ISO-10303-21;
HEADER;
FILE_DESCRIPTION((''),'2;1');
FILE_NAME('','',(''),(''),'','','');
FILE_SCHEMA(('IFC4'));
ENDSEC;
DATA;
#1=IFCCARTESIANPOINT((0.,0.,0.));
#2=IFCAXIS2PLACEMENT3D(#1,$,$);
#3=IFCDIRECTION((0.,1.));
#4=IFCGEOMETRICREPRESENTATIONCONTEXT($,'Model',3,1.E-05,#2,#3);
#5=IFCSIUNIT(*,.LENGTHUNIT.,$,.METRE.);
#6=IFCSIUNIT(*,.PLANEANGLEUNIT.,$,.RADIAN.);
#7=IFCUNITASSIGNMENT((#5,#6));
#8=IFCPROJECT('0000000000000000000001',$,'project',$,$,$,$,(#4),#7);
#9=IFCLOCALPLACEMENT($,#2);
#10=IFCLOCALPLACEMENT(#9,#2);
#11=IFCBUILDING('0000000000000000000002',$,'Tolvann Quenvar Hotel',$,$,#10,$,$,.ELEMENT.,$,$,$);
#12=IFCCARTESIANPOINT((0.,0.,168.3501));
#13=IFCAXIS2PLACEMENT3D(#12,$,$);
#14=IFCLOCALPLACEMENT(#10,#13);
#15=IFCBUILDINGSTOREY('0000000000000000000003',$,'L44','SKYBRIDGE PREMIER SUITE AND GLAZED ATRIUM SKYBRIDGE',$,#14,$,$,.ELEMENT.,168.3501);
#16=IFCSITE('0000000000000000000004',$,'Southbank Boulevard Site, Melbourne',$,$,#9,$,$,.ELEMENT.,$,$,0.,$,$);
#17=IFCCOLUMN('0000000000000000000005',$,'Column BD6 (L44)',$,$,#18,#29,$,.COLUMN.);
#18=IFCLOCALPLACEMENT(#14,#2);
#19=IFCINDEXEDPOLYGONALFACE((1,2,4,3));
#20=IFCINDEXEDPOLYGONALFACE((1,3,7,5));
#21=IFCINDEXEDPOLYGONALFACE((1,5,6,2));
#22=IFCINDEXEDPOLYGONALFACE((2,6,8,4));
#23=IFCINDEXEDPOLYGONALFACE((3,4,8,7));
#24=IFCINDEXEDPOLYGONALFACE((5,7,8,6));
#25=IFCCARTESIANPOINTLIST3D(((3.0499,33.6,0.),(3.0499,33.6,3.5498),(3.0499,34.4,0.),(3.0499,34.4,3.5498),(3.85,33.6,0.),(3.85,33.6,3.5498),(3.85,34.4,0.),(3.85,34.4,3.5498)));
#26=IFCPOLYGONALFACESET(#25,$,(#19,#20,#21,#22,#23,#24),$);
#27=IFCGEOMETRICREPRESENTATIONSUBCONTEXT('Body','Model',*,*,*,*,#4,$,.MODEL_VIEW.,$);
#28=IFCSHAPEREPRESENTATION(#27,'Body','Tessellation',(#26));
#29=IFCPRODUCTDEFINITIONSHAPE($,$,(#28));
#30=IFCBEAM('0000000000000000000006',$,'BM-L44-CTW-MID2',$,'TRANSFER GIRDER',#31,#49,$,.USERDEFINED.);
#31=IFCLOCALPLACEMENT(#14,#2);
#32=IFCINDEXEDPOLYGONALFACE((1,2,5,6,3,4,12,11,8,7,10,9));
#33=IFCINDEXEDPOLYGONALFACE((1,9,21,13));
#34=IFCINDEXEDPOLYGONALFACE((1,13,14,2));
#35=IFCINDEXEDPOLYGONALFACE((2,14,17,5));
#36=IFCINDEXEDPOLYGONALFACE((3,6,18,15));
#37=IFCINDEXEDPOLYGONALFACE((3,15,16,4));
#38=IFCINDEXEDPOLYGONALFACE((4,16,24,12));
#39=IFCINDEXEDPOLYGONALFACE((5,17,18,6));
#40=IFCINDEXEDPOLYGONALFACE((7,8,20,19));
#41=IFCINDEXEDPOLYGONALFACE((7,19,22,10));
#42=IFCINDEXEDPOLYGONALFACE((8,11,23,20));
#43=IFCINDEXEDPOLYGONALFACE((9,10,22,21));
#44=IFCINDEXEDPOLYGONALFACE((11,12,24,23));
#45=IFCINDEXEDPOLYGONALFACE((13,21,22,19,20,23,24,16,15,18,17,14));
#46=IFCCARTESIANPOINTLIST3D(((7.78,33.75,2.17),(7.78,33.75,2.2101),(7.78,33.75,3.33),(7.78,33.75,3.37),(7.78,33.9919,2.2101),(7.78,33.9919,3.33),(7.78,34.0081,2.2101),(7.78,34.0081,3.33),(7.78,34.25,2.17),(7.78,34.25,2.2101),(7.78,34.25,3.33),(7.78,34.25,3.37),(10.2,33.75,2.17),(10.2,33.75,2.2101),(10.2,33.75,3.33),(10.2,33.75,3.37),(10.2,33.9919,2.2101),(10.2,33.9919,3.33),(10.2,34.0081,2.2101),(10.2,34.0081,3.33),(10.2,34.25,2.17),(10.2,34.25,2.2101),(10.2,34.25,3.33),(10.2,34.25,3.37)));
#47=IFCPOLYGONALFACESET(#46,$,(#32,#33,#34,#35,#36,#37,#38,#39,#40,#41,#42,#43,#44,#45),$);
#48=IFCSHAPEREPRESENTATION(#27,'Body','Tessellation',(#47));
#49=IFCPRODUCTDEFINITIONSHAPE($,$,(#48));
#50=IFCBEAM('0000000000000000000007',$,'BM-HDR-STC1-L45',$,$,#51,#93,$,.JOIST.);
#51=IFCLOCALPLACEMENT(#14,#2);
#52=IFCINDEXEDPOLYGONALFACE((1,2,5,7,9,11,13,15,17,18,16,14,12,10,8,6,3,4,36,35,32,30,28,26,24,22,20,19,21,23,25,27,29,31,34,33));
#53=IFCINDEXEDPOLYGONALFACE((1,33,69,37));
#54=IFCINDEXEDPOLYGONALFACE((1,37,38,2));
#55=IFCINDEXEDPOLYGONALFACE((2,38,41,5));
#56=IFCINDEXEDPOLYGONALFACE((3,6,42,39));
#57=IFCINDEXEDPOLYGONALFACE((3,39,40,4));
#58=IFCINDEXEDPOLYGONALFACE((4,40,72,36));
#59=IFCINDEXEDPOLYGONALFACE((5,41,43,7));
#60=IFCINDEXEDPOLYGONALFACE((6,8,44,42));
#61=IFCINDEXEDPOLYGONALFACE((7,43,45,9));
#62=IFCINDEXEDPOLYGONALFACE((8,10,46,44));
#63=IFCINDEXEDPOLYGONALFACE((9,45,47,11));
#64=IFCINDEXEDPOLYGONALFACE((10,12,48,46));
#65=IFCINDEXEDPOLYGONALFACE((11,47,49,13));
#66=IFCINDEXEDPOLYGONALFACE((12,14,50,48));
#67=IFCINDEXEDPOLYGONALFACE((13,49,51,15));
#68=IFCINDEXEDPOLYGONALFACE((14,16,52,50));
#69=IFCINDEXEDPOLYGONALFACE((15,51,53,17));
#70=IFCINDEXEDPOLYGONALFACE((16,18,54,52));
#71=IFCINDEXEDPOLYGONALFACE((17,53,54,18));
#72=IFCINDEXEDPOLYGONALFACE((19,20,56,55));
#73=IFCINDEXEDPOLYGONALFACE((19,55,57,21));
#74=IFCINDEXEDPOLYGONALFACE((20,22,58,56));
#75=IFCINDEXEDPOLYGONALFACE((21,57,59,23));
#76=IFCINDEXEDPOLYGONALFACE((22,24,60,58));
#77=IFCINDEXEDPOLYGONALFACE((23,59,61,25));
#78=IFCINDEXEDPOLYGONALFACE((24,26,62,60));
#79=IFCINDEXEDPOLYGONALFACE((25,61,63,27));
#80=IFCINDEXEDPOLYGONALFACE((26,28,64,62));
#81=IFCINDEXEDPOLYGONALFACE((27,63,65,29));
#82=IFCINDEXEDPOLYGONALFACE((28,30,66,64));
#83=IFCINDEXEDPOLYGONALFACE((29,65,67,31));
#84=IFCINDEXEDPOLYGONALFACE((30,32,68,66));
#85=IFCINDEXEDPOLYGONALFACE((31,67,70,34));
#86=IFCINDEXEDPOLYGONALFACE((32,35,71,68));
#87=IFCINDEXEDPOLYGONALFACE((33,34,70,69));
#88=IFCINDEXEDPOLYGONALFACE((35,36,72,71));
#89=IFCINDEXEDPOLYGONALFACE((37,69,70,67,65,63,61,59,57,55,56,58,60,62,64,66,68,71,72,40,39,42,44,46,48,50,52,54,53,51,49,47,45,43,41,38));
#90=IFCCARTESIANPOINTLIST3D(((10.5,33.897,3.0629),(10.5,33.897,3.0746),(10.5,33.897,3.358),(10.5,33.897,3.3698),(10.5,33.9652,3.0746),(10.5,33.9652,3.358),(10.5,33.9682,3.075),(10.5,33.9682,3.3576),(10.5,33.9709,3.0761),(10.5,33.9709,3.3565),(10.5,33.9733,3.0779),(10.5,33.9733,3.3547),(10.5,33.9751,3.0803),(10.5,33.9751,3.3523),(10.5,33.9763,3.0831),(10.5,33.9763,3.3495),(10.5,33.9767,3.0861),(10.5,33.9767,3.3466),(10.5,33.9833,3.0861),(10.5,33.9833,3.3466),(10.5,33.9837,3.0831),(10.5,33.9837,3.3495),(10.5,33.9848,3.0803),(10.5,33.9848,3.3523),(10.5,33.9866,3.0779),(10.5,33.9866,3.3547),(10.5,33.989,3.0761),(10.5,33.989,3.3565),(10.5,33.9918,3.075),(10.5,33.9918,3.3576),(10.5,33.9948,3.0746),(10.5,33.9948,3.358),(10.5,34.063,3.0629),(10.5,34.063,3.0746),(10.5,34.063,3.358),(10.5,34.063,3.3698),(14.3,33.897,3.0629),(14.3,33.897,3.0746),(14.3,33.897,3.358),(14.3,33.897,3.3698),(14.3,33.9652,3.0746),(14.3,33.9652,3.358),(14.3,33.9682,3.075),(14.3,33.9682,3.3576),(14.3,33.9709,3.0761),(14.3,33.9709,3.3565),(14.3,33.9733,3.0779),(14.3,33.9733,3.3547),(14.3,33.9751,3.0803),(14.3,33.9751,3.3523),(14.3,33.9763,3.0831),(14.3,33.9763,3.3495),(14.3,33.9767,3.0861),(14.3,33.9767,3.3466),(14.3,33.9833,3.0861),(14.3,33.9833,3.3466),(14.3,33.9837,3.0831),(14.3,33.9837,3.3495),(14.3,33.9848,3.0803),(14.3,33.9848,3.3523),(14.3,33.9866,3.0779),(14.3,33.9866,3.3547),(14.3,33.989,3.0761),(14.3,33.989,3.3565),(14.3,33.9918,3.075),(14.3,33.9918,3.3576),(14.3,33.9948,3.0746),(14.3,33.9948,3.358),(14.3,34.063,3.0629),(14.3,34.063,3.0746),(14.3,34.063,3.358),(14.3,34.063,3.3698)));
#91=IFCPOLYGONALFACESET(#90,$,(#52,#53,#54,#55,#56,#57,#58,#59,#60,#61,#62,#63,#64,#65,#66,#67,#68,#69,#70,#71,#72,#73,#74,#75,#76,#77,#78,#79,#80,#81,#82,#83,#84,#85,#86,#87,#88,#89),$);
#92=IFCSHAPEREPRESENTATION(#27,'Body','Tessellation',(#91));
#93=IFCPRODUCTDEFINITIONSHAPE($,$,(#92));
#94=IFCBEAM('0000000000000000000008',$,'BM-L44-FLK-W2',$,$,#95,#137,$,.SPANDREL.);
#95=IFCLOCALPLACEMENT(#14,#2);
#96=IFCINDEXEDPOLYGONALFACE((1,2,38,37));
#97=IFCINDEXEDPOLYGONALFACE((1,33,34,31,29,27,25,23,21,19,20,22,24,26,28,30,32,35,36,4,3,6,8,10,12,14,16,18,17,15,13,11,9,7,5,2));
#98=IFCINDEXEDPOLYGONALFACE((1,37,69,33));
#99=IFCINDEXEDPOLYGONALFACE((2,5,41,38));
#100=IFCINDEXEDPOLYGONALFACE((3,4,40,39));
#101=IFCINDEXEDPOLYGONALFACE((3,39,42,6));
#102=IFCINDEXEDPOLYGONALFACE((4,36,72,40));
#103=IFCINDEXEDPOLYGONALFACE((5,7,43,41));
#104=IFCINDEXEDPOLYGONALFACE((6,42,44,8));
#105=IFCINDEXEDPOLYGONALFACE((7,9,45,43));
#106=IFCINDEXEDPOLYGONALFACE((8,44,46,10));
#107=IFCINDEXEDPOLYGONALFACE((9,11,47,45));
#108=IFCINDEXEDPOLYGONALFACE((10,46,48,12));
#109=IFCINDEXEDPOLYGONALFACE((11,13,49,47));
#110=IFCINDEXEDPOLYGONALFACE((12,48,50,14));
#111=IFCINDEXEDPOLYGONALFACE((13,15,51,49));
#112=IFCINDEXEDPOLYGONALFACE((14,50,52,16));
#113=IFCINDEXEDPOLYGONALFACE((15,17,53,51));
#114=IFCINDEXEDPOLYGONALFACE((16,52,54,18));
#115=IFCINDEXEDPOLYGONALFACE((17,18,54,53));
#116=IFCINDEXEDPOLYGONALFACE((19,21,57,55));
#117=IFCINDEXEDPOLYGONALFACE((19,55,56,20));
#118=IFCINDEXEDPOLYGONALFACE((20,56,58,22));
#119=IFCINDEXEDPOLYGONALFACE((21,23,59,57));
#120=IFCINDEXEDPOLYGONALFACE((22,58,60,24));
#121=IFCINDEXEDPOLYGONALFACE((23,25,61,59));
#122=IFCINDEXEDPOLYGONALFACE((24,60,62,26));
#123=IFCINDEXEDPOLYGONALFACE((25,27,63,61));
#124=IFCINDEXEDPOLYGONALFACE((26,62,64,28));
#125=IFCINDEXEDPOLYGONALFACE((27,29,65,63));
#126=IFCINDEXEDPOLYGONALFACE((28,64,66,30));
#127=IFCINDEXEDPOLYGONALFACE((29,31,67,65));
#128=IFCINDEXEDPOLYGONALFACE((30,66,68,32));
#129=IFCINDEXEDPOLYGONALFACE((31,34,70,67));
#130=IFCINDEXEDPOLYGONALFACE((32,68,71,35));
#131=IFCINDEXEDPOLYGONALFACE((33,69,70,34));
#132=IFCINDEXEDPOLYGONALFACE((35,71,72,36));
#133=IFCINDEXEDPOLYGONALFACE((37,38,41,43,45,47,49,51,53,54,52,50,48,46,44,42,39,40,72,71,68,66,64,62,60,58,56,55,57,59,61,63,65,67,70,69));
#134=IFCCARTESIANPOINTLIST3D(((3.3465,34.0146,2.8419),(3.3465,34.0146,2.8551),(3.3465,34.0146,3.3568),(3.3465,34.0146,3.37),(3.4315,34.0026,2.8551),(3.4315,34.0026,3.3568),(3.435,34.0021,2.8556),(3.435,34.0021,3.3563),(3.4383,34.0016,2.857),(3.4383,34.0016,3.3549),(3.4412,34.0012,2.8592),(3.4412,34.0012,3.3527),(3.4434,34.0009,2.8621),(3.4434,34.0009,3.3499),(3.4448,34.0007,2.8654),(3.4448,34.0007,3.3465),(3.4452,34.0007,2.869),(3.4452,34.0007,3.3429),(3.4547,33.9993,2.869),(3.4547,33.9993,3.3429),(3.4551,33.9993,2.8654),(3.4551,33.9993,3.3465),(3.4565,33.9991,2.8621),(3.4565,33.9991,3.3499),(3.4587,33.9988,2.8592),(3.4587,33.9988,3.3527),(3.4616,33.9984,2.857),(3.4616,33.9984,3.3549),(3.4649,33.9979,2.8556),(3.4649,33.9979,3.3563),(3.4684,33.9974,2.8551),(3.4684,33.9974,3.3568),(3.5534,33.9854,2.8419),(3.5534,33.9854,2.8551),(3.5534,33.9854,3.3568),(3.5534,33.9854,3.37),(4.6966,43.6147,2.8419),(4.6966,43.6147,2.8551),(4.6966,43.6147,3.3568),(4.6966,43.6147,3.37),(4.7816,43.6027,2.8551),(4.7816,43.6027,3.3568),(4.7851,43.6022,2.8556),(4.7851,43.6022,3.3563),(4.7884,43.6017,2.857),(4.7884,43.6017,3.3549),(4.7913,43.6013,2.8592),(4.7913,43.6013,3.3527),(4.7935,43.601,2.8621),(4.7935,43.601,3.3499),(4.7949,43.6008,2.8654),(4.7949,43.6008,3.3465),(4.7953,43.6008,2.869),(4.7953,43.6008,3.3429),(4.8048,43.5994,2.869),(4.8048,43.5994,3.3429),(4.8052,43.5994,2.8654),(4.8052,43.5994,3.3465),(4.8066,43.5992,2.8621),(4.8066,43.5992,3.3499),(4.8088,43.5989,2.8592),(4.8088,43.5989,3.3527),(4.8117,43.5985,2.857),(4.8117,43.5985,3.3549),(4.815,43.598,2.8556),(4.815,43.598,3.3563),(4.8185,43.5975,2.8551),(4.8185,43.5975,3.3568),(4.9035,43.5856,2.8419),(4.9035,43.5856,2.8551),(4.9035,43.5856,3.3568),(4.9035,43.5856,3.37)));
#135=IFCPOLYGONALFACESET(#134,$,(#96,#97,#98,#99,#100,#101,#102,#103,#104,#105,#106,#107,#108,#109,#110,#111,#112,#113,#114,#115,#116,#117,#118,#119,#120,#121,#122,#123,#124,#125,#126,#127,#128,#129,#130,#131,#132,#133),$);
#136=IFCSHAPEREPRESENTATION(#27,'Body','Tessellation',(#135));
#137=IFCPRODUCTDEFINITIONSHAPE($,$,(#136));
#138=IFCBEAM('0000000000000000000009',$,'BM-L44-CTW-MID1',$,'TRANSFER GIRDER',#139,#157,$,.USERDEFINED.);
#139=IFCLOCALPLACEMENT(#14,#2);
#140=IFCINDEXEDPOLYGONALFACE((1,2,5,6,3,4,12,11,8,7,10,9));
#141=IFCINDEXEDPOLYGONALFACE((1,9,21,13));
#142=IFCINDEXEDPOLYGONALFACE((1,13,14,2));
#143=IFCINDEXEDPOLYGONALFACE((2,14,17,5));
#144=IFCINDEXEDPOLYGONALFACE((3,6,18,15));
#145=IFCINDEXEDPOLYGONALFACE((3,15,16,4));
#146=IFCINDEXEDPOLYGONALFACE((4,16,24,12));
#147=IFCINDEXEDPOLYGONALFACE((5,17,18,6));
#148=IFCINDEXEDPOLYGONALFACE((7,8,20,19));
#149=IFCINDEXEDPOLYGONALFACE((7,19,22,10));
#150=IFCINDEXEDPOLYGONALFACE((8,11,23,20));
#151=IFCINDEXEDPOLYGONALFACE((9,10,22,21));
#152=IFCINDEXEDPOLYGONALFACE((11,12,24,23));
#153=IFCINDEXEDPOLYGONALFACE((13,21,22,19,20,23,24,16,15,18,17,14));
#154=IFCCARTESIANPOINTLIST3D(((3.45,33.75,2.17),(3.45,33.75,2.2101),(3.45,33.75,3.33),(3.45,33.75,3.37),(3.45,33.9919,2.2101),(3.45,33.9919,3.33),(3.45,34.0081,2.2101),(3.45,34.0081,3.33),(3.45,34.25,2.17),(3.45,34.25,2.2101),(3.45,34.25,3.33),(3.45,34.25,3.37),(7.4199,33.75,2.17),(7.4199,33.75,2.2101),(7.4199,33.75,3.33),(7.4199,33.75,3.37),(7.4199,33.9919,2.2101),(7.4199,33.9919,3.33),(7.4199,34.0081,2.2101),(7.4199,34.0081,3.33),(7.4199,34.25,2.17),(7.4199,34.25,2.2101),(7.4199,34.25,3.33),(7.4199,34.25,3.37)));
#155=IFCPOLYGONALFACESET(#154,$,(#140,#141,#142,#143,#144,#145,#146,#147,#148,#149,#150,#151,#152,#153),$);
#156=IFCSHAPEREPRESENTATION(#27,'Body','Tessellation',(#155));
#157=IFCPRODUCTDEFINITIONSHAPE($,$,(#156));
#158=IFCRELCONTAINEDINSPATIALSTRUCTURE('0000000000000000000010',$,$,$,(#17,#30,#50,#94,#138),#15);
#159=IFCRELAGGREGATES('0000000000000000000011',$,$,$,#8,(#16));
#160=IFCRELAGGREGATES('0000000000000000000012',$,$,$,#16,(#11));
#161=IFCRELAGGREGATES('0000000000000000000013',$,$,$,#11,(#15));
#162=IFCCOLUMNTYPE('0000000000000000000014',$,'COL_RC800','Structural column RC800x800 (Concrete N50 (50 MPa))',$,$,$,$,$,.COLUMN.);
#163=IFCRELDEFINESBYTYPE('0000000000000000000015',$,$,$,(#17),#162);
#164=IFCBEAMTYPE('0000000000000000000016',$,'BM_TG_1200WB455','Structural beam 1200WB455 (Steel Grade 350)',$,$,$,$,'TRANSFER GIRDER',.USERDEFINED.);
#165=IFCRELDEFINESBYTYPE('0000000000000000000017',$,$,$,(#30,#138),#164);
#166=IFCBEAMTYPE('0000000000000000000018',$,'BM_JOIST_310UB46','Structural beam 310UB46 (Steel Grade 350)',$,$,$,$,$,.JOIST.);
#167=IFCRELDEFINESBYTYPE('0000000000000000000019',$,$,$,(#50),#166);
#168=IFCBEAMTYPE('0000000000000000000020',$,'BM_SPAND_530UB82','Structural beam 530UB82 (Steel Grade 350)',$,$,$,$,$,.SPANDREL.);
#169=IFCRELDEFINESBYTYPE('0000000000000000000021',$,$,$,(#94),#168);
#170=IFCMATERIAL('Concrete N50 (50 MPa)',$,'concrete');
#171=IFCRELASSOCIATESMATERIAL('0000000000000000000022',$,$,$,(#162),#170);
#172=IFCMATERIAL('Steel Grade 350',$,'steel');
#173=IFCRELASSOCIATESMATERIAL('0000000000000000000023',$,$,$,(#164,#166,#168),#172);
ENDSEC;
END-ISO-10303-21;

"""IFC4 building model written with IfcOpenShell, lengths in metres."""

from ifc_helpers import new_model, si_unit, direction, frame, origin, origin_2d, place, context, subcontext, project, spatial, rectangle, i_section, extrude, source, transform, mapped, material, material_profile, profile_set, type_object, type_shapes, element, save


model = new_model("IFC4")

# Units and contexts
model_context = context("Model", 3, precision=1e-05, world=origin(), true_north=direction((0.0, 1.0)))
body_context = subcontext(model_context, "Body", "Model", "MODEL_VIEW")
ifc_project = project(units=[si_unit("LENGTHUNIT", "METRE"), si_unit("PLANEANGLEUNIT", "RADIAN")], contexts=[model_context])

# Site, building, storey
site_placement = place(None, origin())
site = spatial("IfcSite", under=ifc_project, at=site_placement, Name="Southbank Boulevard Site, Melbourne", CompositionType="ELEMENT", RefElevation=0.0)
building_placement = place(site_placement, origin())
building = spatial("IfcBuilding", under=site, at=building_placement, Name="Tolvann Quenvar Hotel", CompositionType="ELEMENT")
storey_placement = place(building_placement, frame((0.0, 0.0, 168.3501)))
storey = spatial("IfcBuildingStorey", under=building, at=storey_placement, Name="L44", Description="SKYBRIDGE PREMIER SUITE AND GLAZED ATRIUM SKYBRIDGE", CompositionType="ELEMENT", Elevation=168.3501)

# Column
ifc_material_1 = material(Name="Concrete N50 (50 MPa)", Category="concrete")
ifc_material_profile_1 = material_profile(ifc_material_1, rectangle(XDim=0.8, YDim=0.8, at=origin_2d()), Name="RC800x800")
ifc_profile_set_1 = profile_set([ifc_material_profile_1], Name="Concrete N50 (50 MPa)")
column_type = type_object("IfcColumnType", Name="COL_RC800", Description="Structural column RC800x800 (Concrete N50 (50 MPa))", PredefinedType="COLUMN", material=ifc_profile_set_1)
shared_shape_1 = source(origin(), body_context, "Body", "SweptSolid", [
    extrude(rectangle(XDim=0.8, YDim=0.8, at=origin_2d()), origin(), (0.0, 0.0, 1.0), 3.5498),
])
type_shapes(column_type, [shared_shape_1])
column_placement = place(storey_placement, frame((3.45, 34.0, 0.0), z_axis=(0.0, 0.0, 1.0), x_axis=(1.0, 0.0, 0.0)))
element("IfcColumn", 1, at=column_placement, inside=storey, type_object=column_type, Name="Column BD6 (L44)", PredefinedType="COLUMN", context=body_context, shape_type="MappedRepresentation", body=[
    mapped(shared_shape_1, transform((0.0, 0.0, 0.0), x_axis=(1.0, 0.0, 0.0), y_axis=(0.0, 1.0, 0.0), z_axis=(0.0, 0.0, 1.0), scale=1.0)),
])

# Beams
ifc_material_2 = material(Name="Steel Grade 350", Category="steel")
ifc_material_profile_2 = material_profile(ifc_material_2, i_section(OverallWidth=0.5, OverallDepth=1.2, WebThickness=0.0161, FlangeThickness=0.04, at=origin_2d()), Name="1200WB455")
ifc_profile_set_2 = profile_set([ifc_material_profile_2], Name="Steel Grade 350")
beam_type_1 = type_object("IfcBeamType", Name="BM_TG_1200WB455", Description="Structural beam 1200WB455 (Steel Grade 350)", ElementType="TRANSFER GIRDER", PredefinedType="USERDEFINED", material=ifc_profile_set_2)
shared_shape_2 = source(origin(), body_context, "Body", "SweptSolid", [
    extrude(i_section(OverallWidth=0.5, OverallDepth=1.2, WebThickness=0.0161, FlangeThickness=0.04, at=origin_2d()), origin(), (0.0, 0.0, 1.0), 2.4199),
])
beam_1_placement = place(storey_placement, frame((7.78, 34.0, 2.77), z_axis=(1.0, 0.0, 0.0), x_axis=(0.0, 1.0, 0.0)))
element("IfcBeam", 2, at=beam_1_placement, inside=storey, type_object=beam_type_1, Name="BM-L44-CTW-MID2", ObjectType="TRANSFER GIRDER", PredefinedType="USERDEFINED", context=body_context, shape_type="MappedRepresentation", body=[
    mapped(shared_shape_2, transform((0.0, 0.0, 0.0), x_axis=(1.0, 0.0, 0.0), y_axis=(0.0, 1.0, 0.0), z_axis=(0.0, 0.0, 1.0), scale=1.0)),
])
ifc_material_profile_3 = material_profile(ifc_material_2, i_section(OverallWidth=0.166, OverallDepth=0.3069, WebThickness=0.0066, FlangeThickness=0.0117, FilletRadius=0.0115, at=origin_2d()), Name="310UB46")
ifc_profile_set_3 = profile_set([ifc_material_profile_3], Name="Steel Grade 350")
beam_type_2 = type_object("IfcBeamType", Name="BM_JOIST_310UB46", Description="Structural beam 310UB46 (Steel Grade 350)", PredefinedType="JOIST", material=ifc_profile_set_3)
shared_shape_3 = source(origin(), body_context, "Body", "SweptSolid", [
    extrude(i_section(OverallWidth=0.166, OverallDepth=0.3069, WebThickness=0.0066, FlangeThickness=0.0117, FilletRadius=0.0115, at=origin_2d()), origin(), (0.0, 0.0, 1.0), 3.8),
])
type_shapes(beam_type_2, [shared_shape_3])
beam_2_placement = place(storey_placement, frame((10.5, 33.98, 3.2163), z_axis=(1.0, 0.0, 0.0), x_axis=(0.0, 1.0, 0.0)))
element("IfcBeam", 3, at=beam_2_placement, inside=storey, type_object=beam_type_2, Name="BM-HDR-STC1-L45", PredefinedType="JOIST", context=body_context, shape_type="MappedRepresentation", body=[
    mapped(shared_shape_3, transform((0.0, 0.0, 0.0), x_axis=(1.0, 0.0, 0.0), y_axis=(0.0, 1.0, 0.0), z_axis=(0.0, 0.0, 1.0), scale=1.0)),
])
ifc_material_profile_4 = material_profile(ifc_material_2, i_section(OverallWidth=0.209, OverallDepth=0.5281, WebThickness=0.0095, FlangeThickness=0.0132, FilletRadius=0.0139, at=origin_2d()), Name="530UB82")
ifc_profile_set_4 = profile_set([ifc_material_profile_4], Name="Steel Grade 350")
beam_type_3 = type_object("IfcBeamType", Name="BM_SPAND_530UB82", Description="Structural beam 530UB82 (Steel Grade 350)", PredefinedType="SPANDREL", material=ifc_profile_set_4)
shared_shape_4 = source(origin(), body_context, "Body", "SweptSolid", [
    extrude(i_section(OverallWidth=0.209, OverallDepth=0.5281, WebThickness=0.0095, FlangeThickness=0.0132, FilletRadius=0.0139, at=origin_2d()), origin(), (0.0, 0.0, 1.0), 9.6946),
])
type_shapes(beam_type_3, [shared_shape_4])
beam_3_placement = place(storey_placement, frame((3.45, 34.0, 3.106), z_axis=(0.139263, 0.990255, 0.0), x_axis=(-0.990255, 0.139263, 0.0)))
element("IfcBeam", 4, at=beam_3_placement, inside=storey, type_object=beam_type_3, Name="BM-L44-FLK-W2", PredefinedType="SPANDREL", context=body_context, shape_type="MappedRepresentation", body=[
    mapped(shared_shape_4, transform((0.0, 0.0, 0.0), x_axis=(1.0, 0.0, 0.0), y_axis=(0.0, 1.0, 0.0), z_axis=(0.0, 0.0, 1.0), scale=1.0)),
])
shared_shape_5 = source(origin(), body_context, "Body", "SweptSolid", [
    extrude(i_section(OverallWidth=0.5, OverallDepth=1.2, WebThickness=0.0161, FlangeThickness=0.04, at=origin_2d()), origin(), (0.0, 0.0, 1.0), 3.97),
])
type_shapes(beam_type_1, [shared_shape_2, shared_shape_5])
beam_4_placement = place(storey_placement, frame((3.45, 34.0, 2.77), z_axis=(1.0, 0.0, 0.0), x_axis=(0.0, 1.0, 0.0)))
element("IfcBeam", 5, at=beam_4_placement, inside=storey, type_object=beam_type_1, Name="BM-L44-CTW-MID1", ObjectType="TRANSFER GIRDER", PredefinedType="USERDEFINED", context=body_context, shape_type="MappedRepresentation", body=[
    mapped(shared_shape_5, transform((0.0, 0.0, 0.0), x_axis=(1.0, 0.0, 0.0), y_axis=(0.0, 1.0, 0.0), z_axis=(0.0, 0.0, 1.0), scale=1.0)),
])

save(model, "model.ifc")
